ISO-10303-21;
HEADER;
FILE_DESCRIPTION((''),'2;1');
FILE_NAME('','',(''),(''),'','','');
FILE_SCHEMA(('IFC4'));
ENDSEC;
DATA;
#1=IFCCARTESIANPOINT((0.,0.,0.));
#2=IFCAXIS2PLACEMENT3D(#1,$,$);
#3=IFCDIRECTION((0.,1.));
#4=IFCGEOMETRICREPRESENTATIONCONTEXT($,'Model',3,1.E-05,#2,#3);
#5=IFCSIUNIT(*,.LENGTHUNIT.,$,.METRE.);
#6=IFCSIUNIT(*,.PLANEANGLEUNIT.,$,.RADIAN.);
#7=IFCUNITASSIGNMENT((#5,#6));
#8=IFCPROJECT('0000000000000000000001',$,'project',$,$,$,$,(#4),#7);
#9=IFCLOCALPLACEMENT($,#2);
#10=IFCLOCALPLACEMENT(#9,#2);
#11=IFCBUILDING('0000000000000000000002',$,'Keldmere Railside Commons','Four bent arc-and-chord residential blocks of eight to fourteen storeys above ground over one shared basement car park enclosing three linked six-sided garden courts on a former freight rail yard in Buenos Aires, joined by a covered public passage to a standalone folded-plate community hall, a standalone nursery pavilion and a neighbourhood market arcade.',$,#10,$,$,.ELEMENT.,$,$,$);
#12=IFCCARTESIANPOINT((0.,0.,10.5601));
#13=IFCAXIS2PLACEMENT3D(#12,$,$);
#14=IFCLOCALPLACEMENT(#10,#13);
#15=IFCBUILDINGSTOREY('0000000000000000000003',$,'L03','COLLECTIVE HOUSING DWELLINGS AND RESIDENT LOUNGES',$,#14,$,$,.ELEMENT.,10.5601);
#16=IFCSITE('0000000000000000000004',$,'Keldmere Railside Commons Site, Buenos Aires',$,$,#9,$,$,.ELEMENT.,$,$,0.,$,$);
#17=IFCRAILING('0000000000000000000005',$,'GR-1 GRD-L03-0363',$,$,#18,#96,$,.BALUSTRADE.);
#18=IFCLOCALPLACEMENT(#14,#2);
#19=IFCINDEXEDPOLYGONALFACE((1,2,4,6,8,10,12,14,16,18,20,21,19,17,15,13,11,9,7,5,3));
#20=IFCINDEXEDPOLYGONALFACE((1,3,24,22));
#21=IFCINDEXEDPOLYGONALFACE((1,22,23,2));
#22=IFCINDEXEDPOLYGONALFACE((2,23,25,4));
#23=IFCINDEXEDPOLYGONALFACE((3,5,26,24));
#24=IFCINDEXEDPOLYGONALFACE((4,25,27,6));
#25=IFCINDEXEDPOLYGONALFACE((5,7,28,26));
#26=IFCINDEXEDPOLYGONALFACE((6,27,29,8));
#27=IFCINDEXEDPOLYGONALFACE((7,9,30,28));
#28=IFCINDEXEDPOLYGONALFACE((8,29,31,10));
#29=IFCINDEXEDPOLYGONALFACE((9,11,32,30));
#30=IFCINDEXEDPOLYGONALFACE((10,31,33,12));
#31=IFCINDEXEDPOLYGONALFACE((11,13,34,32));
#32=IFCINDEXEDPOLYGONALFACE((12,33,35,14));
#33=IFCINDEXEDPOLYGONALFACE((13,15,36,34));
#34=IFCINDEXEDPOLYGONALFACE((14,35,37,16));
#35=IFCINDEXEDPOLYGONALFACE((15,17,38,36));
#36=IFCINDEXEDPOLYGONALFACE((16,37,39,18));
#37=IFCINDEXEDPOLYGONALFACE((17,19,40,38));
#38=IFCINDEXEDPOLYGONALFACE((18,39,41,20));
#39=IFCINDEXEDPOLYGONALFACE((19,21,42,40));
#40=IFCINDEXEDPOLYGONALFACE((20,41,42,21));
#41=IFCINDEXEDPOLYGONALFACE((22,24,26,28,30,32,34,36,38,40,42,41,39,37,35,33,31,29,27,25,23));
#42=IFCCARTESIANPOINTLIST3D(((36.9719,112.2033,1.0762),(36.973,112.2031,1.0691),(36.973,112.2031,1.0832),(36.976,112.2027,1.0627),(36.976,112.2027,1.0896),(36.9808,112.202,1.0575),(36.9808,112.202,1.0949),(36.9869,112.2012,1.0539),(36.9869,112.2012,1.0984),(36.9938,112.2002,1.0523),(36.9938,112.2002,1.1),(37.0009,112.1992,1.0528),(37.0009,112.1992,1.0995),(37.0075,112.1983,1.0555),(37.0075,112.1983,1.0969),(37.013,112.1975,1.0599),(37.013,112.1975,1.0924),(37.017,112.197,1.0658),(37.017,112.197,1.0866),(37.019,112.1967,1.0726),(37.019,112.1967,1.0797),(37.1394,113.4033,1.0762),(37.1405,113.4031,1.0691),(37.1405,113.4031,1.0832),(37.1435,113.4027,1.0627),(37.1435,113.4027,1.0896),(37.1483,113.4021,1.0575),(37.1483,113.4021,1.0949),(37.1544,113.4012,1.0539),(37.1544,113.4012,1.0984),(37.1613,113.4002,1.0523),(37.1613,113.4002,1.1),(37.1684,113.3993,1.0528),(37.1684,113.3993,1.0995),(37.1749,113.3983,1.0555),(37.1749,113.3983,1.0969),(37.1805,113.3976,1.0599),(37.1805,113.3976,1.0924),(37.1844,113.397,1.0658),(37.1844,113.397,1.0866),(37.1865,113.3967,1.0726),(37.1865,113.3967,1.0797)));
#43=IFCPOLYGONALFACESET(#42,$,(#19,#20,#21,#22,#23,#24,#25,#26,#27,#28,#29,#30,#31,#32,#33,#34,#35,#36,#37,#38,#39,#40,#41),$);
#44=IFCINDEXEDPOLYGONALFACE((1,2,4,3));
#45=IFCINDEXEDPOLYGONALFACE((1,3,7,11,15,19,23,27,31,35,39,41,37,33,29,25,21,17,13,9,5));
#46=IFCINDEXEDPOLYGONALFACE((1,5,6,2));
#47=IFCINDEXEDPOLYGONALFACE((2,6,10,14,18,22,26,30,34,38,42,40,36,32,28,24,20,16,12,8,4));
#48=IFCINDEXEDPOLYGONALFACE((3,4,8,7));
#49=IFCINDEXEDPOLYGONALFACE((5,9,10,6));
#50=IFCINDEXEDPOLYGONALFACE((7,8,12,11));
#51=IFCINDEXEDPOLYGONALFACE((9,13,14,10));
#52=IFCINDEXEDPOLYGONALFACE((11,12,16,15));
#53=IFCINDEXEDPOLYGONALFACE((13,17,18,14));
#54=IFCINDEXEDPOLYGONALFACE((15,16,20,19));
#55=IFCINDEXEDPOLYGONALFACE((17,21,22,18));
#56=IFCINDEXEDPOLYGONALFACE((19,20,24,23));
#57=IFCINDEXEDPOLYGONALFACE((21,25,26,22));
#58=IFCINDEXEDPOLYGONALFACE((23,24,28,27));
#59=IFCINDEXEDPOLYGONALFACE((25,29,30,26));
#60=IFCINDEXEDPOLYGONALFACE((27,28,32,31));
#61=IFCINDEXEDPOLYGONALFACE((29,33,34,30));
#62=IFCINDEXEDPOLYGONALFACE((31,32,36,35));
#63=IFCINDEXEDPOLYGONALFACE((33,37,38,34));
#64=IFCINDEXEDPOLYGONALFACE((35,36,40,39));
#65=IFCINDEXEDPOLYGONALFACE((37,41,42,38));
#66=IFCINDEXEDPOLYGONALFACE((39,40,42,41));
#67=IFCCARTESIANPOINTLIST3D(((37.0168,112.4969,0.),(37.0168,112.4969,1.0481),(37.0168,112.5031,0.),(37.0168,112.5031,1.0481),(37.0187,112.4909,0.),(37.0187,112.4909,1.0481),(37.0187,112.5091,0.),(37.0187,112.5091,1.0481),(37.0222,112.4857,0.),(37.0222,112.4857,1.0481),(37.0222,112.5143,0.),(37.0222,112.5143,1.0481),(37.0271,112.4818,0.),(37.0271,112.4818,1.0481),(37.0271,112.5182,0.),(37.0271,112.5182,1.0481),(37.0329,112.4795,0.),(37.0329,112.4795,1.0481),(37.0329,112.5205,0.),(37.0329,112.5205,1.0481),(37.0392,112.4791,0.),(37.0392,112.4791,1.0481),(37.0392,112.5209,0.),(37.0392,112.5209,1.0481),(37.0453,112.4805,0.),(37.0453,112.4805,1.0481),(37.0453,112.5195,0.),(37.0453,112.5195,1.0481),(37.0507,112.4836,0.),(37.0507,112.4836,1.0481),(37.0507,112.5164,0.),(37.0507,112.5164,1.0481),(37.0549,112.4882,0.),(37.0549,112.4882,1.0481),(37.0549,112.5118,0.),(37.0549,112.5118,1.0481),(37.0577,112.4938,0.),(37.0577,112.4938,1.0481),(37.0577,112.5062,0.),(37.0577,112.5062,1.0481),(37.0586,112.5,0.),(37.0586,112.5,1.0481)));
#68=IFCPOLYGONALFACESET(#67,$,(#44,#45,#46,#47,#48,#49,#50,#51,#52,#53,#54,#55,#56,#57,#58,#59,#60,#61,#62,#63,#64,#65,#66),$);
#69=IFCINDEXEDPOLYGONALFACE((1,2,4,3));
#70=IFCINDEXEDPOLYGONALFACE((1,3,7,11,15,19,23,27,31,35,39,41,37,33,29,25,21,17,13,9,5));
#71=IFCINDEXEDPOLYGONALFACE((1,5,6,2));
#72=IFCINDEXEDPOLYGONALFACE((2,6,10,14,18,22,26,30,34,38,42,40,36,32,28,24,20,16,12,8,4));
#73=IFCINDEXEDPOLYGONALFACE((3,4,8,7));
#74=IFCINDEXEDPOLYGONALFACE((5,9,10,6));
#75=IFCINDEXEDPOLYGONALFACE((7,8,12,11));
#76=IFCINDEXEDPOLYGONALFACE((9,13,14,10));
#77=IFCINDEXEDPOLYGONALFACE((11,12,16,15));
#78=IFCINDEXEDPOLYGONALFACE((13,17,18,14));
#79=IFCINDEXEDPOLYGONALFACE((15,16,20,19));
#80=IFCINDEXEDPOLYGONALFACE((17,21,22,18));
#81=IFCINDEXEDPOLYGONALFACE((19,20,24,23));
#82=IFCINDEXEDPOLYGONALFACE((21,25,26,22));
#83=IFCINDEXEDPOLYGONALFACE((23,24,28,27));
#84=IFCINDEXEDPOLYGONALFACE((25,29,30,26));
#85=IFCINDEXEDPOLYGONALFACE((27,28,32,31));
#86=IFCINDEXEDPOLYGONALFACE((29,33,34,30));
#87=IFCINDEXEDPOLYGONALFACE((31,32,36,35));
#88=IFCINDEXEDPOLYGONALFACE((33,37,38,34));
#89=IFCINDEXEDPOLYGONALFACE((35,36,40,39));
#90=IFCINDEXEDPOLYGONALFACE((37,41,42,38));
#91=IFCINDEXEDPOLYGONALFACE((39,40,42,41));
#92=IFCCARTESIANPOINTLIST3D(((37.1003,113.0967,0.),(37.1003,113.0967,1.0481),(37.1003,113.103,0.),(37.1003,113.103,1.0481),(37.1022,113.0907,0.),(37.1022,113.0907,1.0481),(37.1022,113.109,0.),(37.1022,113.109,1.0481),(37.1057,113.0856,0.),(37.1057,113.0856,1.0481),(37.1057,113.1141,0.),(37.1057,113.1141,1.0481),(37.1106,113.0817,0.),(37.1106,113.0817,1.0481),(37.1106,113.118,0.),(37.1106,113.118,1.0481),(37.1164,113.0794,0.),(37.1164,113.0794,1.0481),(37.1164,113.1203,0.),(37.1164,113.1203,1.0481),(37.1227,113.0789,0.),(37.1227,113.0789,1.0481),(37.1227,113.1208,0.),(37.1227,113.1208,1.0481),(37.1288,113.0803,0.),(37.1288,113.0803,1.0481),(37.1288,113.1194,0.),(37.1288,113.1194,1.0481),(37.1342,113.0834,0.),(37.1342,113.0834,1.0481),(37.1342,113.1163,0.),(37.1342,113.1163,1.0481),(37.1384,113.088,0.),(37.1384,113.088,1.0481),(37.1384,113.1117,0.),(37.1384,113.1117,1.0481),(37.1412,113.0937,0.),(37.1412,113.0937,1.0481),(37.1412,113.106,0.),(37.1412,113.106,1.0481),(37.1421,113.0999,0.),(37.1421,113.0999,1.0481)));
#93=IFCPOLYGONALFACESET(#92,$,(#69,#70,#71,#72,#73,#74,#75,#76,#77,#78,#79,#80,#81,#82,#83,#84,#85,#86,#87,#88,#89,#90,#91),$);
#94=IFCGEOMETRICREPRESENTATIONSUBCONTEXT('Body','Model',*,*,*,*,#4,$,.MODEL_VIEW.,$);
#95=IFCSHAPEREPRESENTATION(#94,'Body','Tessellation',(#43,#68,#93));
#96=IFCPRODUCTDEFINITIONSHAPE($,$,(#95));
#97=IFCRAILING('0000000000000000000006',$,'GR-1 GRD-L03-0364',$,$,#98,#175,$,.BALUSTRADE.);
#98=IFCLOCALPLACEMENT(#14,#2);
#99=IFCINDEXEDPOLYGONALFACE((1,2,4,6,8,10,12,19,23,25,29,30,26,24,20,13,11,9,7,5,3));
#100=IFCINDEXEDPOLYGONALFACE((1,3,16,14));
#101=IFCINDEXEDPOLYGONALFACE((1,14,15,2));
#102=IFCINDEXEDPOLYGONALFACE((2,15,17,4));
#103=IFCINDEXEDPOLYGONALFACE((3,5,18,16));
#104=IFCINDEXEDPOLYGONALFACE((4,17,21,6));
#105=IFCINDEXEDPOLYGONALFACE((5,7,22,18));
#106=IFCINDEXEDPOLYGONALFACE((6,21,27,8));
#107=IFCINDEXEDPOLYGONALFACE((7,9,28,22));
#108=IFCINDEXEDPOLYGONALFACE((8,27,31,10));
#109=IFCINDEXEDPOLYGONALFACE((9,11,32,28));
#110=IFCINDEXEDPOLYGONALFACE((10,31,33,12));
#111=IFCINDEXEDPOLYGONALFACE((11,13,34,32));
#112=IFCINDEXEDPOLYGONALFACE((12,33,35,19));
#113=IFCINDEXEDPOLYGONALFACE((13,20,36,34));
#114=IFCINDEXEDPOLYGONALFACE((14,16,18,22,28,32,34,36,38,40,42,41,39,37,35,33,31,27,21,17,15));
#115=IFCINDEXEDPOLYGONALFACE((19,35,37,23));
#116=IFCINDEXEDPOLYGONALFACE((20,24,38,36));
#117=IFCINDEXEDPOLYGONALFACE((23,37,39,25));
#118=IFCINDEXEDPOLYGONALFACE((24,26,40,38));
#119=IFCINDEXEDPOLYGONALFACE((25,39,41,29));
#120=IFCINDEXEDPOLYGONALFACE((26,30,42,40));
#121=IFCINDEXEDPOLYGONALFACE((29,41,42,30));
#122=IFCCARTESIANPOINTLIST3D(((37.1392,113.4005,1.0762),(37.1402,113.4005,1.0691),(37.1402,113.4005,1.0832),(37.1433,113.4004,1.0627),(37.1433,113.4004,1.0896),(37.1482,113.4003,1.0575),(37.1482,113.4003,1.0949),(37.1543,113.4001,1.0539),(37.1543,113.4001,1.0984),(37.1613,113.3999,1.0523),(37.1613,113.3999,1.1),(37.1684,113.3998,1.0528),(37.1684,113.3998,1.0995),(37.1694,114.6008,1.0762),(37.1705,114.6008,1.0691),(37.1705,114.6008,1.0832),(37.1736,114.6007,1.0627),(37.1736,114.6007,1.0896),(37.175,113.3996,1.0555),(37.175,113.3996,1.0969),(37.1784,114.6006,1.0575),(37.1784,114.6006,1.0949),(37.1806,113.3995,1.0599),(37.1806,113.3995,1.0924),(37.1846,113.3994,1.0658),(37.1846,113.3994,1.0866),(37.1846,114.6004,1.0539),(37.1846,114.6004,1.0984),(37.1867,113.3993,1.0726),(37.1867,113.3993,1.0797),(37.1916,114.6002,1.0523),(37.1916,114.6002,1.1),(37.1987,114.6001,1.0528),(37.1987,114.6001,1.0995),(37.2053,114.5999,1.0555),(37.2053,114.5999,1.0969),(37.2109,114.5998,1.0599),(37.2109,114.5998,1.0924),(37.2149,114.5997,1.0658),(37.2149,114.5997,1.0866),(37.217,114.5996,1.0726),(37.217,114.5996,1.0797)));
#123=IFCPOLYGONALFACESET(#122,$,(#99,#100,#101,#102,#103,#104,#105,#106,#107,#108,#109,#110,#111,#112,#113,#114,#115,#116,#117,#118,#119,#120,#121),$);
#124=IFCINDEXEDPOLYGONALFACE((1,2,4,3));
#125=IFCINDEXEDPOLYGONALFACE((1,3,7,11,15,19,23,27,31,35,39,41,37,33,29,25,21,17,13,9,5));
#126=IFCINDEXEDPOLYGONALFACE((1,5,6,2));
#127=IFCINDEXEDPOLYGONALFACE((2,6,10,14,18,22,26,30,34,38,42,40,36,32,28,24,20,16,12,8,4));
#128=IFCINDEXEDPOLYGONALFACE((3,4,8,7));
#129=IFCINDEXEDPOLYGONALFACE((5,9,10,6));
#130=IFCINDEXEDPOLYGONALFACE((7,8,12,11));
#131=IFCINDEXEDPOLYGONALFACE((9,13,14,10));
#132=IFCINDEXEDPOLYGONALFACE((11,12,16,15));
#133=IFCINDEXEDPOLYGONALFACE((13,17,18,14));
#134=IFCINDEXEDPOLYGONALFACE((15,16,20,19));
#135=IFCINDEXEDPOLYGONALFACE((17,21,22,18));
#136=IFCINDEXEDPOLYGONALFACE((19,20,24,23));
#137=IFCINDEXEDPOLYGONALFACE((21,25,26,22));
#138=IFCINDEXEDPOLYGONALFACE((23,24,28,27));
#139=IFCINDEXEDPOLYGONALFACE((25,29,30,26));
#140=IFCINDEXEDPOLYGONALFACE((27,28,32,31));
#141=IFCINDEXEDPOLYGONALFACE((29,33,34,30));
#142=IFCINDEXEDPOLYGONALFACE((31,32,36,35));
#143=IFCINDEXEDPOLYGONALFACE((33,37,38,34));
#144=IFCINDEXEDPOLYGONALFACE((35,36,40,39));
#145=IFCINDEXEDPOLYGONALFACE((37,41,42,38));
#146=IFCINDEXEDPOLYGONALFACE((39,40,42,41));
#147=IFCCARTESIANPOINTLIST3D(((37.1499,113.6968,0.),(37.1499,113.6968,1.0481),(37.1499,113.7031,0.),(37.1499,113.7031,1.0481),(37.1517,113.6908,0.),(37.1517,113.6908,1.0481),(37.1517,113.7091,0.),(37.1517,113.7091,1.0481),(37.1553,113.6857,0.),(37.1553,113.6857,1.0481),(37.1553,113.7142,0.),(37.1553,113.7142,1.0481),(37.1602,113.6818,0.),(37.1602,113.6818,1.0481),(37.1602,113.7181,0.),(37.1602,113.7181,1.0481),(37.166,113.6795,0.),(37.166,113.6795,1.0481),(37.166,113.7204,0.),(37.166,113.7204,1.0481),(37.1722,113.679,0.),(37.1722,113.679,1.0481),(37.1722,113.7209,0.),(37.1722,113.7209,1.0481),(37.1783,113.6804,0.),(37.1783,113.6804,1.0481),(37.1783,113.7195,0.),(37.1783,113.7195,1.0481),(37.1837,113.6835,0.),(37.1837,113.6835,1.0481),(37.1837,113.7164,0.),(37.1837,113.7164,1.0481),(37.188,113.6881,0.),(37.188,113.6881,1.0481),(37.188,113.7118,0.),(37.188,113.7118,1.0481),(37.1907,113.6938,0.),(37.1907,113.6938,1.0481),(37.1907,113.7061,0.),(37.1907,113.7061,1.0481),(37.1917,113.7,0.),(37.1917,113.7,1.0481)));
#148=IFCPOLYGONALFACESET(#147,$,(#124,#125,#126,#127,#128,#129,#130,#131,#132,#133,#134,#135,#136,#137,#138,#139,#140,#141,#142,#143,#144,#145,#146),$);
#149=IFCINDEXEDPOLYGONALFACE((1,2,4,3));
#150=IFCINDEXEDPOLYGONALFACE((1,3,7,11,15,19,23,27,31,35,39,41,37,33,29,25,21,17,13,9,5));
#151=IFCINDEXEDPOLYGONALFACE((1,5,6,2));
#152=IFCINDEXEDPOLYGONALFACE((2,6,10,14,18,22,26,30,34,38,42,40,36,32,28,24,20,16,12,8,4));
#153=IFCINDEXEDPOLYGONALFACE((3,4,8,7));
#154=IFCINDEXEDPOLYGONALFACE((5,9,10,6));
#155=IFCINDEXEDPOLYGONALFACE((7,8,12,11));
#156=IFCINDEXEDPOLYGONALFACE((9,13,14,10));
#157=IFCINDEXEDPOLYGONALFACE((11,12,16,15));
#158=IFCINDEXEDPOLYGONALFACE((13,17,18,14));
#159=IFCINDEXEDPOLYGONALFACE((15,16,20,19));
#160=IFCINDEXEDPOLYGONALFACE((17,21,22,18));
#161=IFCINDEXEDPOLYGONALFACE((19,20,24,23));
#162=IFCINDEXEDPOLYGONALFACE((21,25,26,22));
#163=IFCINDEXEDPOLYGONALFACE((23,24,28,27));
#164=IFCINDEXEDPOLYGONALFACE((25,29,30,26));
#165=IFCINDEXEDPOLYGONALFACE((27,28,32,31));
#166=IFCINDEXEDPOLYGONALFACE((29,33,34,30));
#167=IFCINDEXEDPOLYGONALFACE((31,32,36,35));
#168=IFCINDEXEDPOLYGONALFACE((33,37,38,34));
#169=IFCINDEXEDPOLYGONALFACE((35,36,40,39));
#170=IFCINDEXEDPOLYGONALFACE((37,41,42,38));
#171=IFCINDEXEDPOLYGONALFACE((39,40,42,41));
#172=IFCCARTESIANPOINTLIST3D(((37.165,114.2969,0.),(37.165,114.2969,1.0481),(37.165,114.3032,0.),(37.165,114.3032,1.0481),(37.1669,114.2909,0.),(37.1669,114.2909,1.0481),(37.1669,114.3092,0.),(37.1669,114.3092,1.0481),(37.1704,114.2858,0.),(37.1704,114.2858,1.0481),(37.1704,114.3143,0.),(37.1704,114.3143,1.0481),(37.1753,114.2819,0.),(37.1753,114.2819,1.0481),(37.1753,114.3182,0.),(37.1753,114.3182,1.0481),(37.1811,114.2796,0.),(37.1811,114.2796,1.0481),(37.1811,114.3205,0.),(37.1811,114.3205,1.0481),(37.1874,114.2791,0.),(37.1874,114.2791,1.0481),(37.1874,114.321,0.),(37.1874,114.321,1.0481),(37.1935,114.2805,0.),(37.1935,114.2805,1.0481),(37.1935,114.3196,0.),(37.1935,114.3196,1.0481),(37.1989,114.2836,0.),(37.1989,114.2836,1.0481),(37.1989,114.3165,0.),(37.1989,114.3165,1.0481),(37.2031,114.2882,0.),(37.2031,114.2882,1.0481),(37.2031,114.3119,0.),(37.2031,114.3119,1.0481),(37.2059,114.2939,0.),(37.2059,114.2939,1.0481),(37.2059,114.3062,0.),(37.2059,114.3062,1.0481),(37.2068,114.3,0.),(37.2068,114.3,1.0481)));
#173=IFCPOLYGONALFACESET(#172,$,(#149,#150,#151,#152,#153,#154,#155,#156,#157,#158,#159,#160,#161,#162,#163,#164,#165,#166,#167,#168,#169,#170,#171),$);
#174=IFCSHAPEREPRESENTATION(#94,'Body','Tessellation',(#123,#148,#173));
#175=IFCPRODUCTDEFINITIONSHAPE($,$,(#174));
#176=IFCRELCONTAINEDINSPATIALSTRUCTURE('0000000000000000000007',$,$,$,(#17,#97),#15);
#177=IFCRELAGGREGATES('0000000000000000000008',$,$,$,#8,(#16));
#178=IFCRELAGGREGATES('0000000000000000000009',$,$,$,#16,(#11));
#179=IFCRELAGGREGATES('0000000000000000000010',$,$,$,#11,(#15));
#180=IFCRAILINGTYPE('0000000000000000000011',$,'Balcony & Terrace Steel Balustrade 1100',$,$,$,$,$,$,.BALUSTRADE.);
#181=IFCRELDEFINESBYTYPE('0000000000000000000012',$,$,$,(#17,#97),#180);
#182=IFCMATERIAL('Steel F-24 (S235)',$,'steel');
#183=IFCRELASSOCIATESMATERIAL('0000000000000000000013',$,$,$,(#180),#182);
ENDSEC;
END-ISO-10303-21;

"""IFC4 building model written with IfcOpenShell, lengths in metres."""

from ifc_helpers import new_model, si_unit, direction, frame, origin, origin_2d, place, context, subcontext, project, spatial, circle, extrude, material, type_object, element, save


model = new_model("IFC4")

# Units and contexts
model_context = context("Model", 3, precision=1e-05, world=origin(), true_north=direction((0.0, 1.0)))
body_context = subcontext(model_context, "Body", "Model", "MODEL_VIEW")
ifc_project = project(units=[si_unit("LENGTHUNIT", "METRE"), si_unit("PLANEANGLEUNIT", "RADIAN")], contexts=[model_context])

# Site, building, storey
site_placement = place(None, origin())
site = spatial("IfcSite", under=ifc_project, at=site_placement, Name="Keldmere Railside Commons Site, Buenos Aires", CompositionType="ELEMENT", RefElevation=0.0)
building_placement = place(site_placement, origin())
building = spatial("IfcBuilding", under=site, at=building_placement, Name="Keldmere Railside Commons", Description="Four bent arc-and-chord residential blocks of eight to fourteen storeys above ground over one shared basement car park enclosing three linked six-sided garden courts on a former freight rail yard in Buenos Aires, joined by a covered public passage to a standalone folded-plate community hall, a standalone nursery pavilion and a neighbourhood market arcade.", CompositionType="ELEMENT")
storey_placement = place(building_placement, frame((0.0, 0.0, 10.5601)))
storey = spatial("IfcBuildingStorey", under=building, at=storey_placement, Name="L03", Description="COLLECTIVE HOUSING DWELLINGS AND RESIDENT LOUNGES", CompositionType="ELEMENT", Elevation=10.5601)

# Railings
ifc_material_1 = material(Name="Steel F-24 (S235)", Category="steel")
railing_type = type_object("IfcRailingType", Name="Balcony & Terrace Steel Balustrade 1100", PredefinedType="BALUSTRADE", material=ifc_material_1)
railing_1_placement = place(storey_placement, frame((36.9956, 112.2, 0.0)))
element("IfcRailing", 1, at=railing_1_placement, inside=storey, type_object=railing_type, Name="GR-1 GRD-L03-0363", PredefinedType="BALUSTRADE", context=body_context, shape_type="SweptSolid", body=[
    extrude(circle(Radius=0.0239, at=origin_2d()), frame((0.0, 0.0, 1.0762), z_axis=(0.138233, 0.9904, 0.0), x_axis=(-0.9904, 0.138233, 0.0)), (0.0, 0.0, 1.0), 1.2117),
    extrude(circle(Radius=0.021, at=origin_2d()), frame((0.042, 0.3, 0.0)), (0.0, 0.0, 1.0), 1.0481),
    extrude(circle(Radius=0.021, at=origin_2d()), frame((0.1255, 0.8999, 0.0)), (0.0, 0.0, 1.0), 1.0481),
])
railing_2_placement = place(storey_placement, frame((37.1631, 113.3999, 0.0)))
element("IfcRailing", 2, at=railing_2_placement, inside=storey, type_object=railing_type, Name="GR-1 GRD-L03-0364", PredefinedType="BALUSTRADE", context=body_context, shape_type="SweptSolid", body=[
    extrude(circle(Radius=0.0239, at=origin_2d()), frame((0.0, 0.0, 1.0762), z_axis=(0.025216, 0.999682, 0.0), x_axis=(-0.999682, 0.025216, 0.0)), (0.0, 0.0, 1.0), 1.2007),
    extrude(circle(Radius=0.021, at=origin_2d()), frame((0.0076, 0.3, 0.0)), (0.0, 0.0, 1.0), 1.0481),
    extrude(circle(Radius=0.021, at=origin_2d()), frame((0.0227, 0.9001, 0.0)), (0.0, 0.0, 1.0), 1.0481),
])

save(model, "model.ifc")
